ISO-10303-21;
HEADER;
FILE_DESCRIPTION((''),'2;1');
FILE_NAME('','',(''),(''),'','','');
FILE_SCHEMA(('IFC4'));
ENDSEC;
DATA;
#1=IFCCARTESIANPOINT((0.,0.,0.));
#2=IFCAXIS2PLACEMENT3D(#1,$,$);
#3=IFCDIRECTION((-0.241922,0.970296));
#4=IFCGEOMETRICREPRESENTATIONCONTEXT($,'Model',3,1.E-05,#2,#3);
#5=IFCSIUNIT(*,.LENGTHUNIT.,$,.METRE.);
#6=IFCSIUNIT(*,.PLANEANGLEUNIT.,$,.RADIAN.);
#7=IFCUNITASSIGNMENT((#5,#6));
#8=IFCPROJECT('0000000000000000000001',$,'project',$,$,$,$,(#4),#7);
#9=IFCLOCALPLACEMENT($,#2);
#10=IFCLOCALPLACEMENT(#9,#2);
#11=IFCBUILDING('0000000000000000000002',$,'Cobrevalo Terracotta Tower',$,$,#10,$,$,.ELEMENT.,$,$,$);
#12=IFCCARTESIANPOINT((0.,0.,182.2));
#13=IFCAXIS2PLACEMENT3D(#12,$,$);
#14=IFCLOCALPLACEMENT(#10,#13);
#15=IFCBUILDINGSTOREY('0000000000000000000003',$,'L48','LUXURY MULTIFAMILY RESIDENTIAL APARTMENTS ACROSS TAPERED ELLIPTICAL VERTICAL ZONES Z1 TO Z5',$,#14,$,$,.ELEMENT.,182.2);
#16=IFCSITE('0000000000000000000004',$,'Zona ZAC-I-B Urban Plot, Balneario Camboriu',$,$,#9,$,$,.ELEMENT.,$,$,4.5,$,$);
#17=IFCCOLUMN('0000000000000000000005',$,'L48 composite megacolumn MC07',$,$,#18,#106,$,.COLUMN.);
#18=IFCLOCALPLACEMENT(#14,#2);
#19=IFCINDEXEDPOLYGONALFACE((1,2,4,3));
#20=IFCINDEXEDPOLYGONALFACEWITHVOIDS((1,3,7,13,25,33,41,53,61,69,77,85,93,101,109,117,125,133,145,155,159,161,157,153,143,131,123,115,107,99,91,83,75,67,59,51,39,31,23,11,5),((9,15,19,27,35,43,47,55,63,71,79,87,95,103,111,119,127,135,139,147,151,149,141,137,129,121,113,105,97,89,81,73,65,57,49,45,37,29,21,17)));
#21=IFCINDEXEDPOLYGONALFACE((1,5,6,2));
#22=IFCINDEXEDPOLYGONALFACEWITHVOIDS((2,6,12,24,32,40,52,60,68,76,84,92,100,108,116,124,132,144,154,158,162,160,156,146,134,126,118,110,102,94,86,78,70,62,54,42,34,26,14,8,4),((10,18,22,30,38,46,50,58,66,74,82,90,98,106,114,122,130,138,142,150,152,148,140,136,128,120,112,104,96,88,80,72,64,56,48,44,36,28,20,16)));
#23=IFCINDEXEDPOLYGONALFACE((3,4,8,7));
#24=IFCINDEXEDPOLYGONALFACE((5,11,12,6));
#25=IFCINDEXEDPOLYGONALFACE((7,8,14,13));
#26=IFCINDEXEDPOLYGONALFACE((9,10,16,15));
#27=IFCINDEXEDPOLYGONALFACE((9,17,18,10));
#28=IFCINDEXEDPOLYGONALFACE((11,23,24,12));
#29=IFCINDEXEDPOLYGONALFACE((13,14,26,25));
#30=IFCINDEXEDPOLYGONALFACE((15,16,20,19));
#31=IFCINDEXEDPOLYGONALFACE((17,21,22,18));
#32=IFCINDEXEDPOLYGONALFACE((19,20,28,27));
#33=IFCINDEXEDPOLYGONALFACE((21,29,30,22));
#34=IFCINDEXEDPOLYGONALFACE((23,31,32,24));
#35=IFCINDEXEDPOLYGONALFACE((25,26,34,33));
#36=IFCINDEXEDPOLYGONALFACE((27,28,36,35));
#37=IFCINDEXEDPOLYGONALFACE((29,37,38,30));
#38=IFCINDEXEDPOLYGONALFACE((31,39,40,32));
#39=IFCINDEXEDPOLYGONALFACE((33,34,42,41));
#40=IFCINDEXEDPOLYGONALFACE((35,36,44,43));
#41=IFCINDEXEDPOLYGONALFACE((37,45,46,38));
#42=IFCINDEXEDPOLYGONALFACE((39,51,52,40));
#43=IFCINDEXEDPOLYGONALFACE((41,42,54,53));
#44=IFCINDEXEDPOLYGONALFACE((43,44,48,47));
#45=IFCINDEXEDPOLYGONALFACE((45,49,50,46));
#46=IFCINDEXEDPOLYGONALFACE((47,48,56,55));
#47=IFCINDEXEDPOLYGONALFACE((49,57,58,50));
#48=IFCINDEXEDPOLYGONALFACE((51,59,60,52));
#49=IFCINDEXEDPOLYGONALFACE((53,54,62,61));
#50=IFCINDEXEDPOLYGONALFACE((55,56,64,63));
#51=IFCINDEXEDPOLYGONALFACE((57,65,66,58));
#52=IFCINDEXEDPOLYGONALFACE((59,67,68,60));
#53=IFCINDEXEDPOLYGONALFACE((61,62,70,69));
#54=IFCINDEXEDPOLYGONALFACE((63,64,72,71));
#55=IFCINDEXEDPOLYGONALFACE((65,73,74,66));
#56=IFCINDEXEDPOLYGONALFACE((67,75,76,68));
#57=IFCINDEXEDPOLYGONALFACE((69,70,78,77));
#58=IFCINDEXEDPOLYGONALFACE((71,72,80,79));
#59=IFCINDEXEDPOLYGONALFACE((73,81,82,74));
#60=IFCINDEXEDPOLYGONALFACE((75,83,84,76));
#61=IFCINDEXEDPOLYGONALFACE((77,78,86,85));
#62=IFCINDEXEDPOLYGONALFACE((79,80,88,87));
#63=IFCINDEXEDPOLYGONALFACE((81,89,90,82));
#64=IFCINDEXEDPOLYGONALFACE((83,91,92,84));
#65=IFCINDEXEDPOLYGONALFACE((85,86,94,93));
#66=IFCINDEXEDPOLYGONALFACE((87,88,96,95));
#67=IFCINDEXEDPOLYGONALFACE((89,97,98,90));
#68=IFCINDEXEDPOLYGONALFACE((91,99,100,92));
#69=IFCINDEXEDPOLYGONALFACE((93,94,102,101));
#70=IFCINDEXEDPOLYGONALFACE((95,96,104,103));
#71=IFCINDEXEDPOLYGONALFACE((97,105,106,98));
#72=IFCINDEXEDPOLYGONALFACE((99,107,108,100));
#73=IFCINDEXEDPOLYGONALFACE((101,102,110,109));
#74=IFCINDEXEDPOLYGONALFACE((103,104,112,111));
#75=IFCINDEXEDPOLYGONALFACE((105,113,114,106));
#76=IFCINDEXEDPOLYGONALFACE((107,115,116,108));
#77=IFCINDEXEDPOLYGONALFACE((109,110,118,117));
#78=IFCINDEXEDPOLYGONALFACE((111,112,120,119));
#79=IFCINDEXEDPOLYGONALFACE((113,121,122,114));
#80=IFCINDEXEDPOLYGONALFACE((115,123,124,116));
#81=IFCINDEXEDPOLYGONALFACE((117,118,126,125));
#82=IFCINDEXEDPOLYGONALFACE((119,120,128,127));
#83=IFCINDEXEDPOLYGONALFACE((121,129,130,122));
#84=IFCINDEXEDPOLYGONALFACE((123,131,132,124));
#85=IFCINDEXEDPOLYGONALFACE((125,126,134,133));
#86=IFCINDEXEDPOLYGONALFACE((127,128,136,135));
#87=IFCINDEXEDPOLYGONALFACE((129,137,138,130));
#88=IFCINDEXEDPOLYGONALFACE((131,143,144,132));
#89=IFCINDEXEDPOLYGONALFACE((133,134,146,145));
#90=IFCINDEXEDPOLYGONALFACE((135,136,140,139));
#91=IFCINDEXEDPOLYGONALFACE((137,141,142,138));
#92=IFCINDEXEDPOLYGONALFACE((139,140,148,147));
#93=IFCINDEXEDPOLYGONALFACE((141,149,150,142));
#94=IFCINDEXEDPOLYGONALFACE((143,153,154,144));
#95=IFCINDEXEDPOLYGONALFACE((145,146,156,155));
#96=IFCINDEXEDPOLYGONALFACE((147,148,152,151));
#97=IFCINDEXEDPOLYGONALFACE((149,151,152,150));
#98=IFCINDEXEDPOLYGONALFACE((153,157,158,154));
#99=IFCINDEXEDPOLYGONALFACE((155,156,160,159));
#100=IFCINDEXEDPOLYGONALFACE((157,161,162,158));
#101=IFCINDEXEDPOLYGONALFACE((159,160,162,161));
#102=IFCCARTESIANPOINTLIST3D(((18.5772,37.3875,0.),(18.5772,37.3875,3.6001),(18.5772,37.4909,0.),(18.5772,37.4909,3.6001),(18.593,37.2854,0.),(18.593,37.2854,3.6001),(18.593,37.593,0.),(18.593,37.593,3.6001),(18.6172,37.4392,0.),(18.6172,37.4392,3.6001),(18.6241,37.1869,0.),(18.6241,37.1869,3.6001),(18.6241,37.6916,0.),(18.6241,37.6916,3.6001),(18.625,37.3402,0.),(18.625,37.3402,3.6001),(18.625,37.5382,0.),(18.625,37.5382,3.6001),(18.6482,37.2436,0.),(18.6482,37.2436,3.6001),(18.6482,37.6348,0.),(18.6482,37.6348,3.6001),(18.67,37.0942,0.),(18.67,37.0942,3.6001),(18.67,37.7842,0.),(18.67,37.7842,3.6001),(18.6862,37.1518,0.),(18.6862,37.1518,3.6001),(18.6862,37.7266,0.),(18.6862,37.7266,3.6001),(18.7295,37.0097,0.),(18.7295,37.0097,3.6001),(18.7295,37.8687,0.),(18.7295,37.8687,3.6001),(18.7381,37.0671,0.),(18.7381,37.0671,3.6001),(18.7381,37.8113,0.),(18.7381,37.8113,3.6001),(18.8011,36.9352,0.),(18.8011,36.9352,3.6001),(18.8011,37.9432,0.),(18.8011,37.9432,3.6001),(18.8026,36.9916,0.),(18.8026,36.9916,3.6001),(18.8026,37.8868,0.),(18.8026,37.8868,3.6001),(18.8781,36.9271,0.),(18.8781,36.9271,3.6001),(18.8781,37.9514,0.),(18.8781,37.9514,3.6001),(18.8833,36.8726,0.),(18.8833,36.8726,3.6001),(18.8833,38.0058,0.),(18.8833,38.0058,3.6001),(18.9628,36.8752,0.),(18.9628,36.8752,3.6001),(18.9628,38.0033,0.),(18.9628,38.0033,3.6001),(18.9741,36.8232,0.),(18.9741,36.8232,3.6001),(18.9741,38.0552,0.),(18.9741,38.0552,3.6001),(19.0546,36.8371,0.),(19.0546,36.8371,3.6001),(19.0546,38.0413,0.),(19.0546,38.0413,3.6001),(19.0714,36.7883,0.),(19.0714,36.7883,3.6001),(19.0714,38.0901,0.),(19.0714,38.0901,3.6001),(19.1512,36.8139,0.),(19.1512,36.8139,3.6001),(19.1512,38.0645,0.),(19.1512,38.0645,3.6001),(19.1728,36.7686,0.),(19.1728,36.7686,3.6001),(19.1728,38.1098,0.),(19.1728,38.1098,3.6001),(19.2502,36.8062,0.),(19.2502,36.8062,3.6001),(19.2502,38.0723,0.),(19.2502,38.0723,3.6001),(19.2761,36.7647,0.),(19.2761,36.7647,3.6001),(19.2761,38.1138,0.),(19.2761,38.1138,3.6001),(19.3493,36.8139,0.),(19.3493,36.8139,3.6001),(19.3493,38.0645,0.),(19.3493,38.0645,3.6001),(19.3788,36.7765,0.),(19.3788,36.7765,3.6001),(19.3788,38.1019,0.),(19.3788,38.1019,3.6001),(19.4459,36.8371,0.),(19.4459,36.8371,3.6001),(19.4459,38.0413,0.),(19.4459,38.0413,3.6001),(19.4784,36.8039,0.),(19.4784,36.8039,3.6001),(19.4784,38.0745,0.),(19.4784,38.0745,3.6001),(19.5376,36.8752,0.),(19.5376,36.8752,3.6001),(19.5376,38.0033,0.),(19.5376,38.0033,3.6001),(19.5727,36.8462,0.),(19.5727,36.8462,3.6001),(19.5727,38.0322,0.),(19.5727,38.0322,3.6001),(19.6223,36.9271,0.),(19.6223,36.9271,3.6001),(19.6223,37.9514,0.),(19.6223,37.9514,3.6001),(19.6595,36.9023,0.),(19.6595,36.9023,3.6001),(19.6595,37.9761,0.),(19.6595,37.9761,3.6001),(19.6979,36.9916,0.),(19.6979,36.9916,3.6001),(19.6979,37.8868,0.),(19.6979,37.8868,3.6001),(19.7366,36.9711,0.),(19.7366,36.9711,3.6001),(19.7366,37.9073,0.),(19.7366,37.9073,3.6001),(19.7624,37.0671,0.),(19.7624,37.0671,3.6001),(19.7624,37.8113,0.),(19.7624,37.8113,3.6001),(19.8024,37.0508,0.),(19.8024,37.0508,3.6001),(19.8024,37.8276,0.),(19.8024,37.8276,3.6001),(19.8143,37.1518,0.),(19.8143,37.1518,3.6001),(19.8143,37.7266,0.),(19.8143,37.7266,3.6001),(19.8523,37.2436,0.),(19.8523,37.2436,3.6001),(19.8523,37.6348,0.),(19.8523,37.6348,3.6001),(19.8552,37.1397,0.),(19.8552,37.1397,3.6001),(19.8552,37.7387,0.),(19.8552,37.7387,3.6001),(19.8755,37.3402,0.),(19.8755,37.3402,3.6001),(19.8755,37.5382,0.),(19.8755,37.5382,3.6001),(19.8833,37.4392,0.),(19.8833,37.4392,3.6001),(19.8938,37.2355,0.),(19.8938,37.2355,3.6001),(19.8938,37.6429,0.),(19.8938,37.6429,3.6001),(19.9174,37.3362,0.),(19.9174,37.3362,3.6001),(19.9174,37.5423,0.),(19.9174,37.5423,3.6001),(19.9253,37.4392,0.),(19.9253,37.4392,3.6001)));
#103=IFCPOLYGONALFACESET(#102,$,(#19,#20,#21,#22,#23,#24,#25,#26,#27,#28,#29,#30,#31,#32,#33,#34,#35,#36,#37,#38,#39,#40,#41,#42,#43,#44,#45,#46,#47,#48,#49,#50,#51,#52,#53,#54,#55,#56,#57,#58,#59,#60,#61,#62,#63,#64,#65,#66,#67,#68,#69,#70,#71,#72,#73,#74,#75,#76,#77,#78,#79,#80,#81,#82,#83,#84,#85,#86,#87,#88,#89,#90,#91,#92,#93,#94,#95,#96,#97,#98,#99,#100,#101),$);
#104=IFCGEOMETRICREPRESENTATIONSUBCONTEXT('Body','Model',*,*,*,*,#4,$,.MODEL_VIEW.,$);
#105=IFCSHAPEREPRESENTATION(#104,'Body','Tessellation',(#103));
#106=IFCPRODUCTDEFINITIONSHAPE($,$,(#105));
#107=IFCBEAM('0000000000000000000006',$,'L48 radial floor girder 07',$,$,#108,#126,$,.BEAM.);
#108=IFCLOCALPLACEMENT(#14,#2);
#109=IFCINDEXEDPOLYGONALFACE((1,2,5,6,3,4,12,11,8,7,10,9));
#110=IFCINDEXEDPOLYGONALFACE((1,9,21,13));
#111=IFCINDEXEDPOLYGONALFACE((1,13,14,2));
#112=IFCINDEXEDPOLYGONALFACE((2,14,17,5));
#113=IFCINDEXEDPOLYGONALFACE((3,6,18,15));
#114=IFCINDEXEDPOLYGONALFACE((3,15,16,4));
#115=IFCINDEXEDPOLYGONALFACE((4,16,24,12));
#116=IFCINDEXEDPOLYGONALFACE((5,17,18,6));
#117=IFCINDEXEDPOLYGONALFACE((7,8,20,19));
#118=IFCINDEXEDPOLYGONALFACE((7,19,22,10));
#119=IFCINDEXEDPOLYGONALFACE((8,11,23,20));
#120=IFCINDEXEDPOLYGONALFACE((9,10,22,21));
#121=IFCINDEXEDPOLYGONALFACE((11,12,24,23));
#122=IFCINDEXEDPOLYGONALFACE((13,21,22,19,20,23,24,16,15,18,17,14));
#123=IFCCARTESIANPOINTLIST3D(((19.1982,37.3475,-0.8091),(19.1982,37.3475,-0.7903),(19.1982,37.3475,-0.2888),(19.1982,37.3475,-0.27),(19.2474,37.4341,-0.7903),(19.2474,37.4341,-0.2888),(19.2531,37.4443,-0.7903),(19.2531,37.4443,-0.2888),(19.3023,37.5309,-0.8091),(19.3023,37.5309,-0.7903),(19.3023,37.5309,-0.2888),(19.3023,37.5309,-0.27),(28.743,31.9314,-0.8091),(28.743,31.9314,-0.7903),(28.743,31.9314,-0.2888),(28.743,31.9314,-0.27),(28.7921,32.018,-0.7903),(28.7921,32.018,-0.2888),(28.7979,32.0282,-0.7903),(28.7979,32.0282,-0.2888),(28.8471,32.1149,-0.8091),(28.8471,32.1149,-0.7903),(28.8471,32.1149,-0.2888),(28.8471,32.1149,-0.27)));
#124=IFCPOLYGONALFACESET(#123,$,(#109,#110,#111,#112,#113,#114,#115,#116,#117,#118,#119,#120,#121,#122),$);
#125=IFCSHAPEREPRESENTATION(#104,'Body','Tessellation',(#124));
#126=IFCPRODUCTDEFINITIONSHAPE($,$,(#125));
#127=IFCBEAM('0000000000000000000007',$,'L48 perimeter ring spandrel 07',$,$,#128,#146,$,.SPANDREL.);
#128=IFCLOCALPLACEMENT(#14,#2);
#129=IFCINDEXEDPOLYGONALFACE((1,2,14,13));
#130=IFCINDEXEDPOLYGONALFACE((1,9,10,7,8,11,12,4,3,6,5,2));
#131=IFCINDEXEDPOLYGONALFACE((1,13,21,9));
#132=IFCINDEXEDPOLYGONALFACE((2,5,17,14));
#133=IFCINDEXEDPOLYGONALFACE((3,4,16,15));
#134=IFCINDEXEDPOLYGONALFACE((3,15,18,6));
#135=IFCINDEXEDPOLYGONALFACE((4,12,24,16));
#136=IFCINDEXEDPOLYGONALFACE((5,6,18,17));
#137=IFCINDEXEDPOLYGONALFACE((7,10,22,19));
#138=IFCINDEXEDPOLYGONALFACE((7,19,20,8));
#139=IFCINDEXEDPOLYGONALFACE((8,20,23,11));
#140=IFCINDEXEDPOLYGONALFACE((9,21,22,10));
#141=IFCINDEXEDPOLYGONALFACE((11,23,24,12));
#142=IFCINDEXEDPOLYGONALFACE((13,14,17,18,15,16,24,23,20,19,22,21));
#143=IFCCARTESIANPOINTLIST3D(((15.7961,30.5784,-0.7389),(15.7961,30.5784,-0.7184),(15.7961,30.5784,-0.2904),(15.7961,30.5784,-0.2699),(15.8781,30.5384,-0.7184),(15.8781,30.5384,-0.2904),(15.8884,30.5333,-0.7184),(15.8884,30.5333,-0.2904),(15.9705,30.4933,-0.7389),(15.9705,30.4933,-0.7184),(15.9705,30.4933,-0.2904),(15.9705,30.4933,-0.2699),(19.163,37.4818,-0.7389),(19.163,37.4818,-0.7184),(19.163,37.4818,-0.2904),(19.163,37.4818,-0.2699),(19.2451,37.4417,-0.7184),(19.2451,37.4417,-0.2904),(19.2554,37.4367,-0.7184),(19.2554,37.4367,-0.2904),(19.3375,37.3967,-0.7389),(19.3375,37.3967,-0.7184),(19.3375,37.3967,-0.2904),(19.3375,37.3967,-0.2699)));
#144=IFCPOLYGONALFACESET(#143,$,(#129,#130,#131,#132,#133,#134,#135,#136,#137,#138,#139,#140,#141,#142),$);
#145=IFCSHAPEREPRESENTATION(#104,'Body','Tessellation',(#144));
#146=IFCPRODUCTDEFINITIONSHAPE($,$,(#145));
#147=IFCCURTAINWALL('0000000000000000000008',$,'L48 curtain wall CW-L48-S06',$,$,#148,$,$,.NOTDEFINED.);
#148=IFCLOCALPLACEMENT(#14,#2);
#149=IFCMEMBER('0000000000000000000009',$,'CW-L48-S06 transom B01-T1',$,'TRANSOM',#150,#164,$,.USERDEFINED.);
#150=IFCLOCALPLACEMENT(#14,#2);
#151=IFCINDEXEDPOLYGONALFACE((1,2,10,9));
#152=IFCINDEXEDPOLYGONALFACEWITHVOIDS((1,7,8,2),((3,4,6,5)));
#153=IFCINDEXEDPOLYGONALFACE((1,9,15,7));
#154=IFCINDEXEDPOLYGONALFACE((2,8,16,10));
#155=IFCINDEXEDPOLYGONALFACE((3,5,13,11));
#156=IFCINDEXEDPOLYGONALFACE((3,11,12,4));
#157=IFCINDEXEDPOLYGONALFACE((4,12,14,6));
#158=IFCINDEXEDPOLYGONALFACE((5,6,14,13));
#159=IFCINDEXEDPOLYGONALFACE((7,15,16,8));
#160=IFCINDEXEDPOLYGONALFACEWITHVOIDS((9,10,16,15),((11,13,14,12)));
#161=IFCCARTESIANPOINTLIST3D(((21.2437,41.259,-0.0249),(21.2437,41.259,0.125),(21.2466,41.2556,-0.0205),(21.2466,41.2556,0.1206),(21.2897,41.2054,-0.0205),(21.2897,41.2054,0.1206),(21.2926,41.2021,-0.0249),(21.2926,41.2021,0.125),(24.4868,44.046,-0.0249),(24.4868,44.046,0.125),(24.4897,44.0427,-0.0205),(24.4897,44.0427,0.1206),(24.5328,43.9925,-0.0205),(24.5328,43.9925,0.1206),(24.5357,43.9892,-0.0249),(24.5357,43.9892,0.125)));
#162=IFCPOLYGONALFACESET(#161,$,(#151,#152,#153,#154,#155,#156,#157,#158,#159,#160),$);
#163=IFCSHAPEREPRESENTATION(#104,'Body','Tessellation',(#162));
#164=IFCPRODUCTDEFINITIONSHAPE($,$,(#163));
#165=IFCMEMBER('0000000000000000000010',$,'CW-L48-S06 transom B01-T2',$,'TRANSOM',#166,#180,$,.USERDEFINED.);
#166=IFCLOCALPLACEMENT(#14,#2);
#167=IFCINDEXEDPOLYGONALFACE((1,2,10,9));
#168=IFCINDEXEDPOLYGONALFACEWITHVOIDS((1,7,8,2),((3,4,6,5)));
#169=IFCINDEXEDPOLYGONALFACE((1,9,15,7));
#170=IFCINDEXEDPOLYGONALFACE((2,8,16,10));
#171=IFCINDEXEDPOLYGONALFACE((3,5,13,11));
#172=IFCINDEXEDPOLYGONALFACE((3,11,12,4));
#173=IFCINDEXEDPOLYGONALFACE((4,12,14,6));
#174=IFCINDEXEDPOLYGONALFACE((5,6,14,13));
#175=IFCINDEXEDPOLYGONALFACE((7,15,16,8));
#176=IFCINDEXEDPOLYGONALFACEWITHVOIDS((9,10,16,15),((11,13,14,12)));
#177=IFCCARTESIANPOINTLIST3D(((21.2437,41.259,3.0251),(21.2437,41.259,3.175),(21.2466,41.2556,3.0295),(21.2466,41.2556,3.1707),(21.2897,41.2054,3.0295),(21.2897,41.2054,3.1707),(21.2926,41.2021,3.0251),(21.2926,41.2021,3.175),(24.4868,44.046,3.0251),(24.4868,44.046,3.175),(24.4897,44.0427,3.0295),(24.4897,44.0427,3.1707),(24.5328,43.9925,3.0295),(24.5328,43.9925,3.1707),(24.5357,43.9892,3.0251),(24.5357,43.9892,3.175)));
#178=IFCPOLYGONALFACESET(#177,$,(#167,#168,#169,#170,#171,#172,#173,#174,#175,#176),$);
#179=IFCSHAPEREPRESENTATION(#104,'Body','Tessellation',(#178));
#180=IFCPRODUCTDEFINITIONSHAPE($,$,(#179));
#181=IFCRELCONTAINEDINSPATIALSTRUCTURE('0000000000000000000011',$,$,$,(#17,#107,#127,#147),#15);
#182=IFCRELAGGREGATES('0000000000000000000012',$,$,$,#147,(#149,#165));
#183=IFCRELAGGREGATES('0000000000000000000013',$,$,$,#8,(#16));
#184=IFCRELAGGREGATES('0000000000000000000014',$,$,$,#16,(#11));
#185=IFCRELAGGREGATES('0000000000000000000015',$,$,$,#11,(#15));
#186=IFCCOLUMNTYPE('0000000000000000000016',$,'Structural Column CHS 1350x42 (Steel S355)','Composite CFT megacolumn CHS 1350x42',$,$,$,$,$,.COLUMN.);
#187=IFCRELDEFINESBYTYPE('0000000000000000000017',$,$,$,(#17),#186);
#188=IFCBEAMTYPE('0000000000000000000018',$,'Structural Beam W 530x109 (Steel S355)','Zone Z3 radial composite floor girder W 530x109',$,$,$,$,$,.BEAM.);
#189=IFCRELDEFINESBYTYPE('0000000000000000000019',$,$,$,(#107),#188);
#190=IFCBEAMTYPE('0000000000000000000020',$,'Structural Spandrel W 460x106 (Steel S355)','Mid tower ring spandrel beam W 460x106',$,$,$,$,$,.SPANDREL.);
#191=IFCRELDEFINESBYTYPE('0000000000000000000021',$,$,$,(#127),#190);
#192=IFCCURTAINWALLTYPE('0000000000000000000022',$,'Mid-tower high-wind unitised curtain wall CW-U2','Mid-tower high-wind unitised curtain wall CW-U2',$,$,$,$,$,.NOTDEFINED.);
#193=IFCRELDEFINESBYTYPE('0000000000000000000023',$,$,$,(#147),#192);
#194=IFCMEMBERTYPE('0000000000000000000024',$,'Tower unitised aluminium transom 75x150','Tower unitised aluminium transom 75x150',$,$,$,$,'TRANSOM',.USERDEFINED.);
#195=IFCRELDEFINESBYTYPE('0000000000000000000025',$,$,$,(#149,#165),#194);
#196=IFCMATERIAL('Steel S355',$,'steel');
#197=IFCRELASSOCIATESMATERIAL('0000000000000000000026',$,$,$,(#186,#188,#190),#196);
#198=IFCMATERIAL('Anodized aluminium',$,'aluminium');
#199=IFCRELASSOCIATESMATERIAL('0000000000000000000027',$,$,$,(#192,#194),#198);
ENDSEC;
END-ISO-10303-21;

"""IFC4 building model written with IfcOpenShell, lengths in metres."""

from ifc_helpers import new_model, si_unit, direction, frame, origin, origin_2d, place, context, subcontext, project, spatial, hollow_rectangle, hollow_circle, i_section, extrude, source, transform, mapped, material, material_profile, profile_set, type_object, element, aggregate, save


model = new_model("IFC4")

# Units and contexts
model_context = context("Model", 3, precision=1e-05, world=origin(), true_north=direction((-0.241922, 0.970296)))
body_context = subcontext(model_context, "Body", "Model", "MODEL_VIEW")
ifc_project = project(units=[si_unit("LENGTHUNIT", "METRE"), si_unit("PLANEANGLEUNIT", "RADIAN")], contexts=[model_context])

# Site, building, storey
site_placement = place(None, origin())
site = spatial("IfcSite", under=ifc_project, at=site_placement, Name="Zona ZAC-I-B Urban Plot, Balneario Camboriu", CompositionType="ELEMENT", RefElevation=4.5)
building_placement = place(site_placement, origin())
building = spatial("IfcBuilding", under=site, at=building_placement, Name="Cobrevalo Terracotta Tower", CompositionType="ELEMENT")
storey_placement = place(building_placement, frame((0.0, 0.0, 182.2)))
storey = spatial("IfcBuildingStorey", under=building, at=storey_placement, Name="L48", Description="LUXURY MULTIFAMILY RESIDENTIAL APARTMENTS ACROSS TAPERED ELLIPTICAL VERTICAL ZONES Z1 TO Z5", CompositionType="ELEMENT", Elevation=182.2)

# Column
ifc_material_1 = material(Name="Steel S355", Category="steel")
ifc_material_profile_1 = material_profile(ifc_material_1, hollow_circle(Radius=0.675, WallThickness=0.042, at=origin_2d()), Name="CHS 1350x42")
ifc_profile_set_1 = profile_set([ifc_material_profile_1], Name="Steel S355")
column_type = type_object("IfcColumnType", Name="Structural Column CHS 1350x42 (Steel S355)", Description="Composite CFT megacolumn CHS 1350x42", PredefinedType="COLUMN", material=ifc_profile_set_1)
column_placement = place(storey_placement, frame((19.2502, 37.4392, 0.0), z_axis=(0.0, 0.0, 1.0), x_axis=(1.0, 0.0, 0.0)))
element("IfcColumn", 1, at=column_placement, inside=storey, type_object=column_type, Name="L48 composite megacolumn MC07", PredefinedType="COLUMN", context=body_context, shape_type="SweptSolid", body=[
    extrude(hollow_circle(Radius=0.675, WallThickness=0.042, at=origin_2d()), origin(), (0.0, 0.0, 1.0), 3.6001),
])

# Beams
ifc_material_profile_2 = material_profile(ifc_material_1, i_section(OverallWidth=0.2109, OverallDepth=0.5391, WebThickness=0.0117, FlangeThickness=0.0188, at=origin_2d()), Name="W 530x109")
ifc_profile_set_2 = profile_set([ifc_material_profile_2], Name="Steel S355")
beam_type_1 = type_object("IfcBeamType", Name="Structural Beam W 530x109 (Steel S355)", Description="Zone Z3 radial composite floor girder W 530x109", PredefinedType="BEAM", material=ifc_profile_set_2)
beam_1_placement = place(storey_placement, frame((19.2502, 37.4392, -0.5396), z_axis=(0.869734, -0.49352, 0.0), x_axis=(0.49352, 0.869734, 0.0)))
element("IfcBeam", 2, at=beam_1_placement, inside=storey, type_object=beam_type_1, Name="L48 radial floor girder 07", PredefinedType="BEAM", context=body_context, shape_type="SweptSolid", body=[
    extrude(i_section(OverallWidth=0.2109, OverallDepth=0.5391, WebThickness=0.0117, FlangeThickness=0.0188, at=origin_2d()), origin(), (0.0, 0.0, 1.0), 10.9744),
])
ifc_material_profile_3 = material_profile(ifc_material_1, i_section(OverallWidth=0.1941, OverallDepth=0.469, WebThickness=0.0115, FlangeThickness=0.0205, at=origin_2d()), Name="W 460x106")
ifc_profile_set_3 = profile_set([ifc_material_profile_3], Name="Steel S355")
beam_type_2 = type_object("IfcBeamType", Name="Structural Spandrel W 460x106 (Steel S355)", Description="Mid tower ring spandrel beam W 460x106", PredefinedType="SPANDREL", material=ifc_profile_set_3)
beam_2_placement = place(storey_placement, frame((19.2502, 37.4392, -0.5044), z_axis=(-0.438368, -0.898796, 0.0), x_axis=(0.898796, -0.438368, 0.0)))
element("IfcBeam", 3, at=beam_2_placement, inside=storey, type_object=beam_type_2, Name="L48 perimeter ring spandrel 07", PredefinedType="SPANDREL", context=body_context, shape_type="SweptSolid", body=[
    extrude(i_section(OverallWidth=0.1941, OverallDepth=0.469, WebThickness=0.0115, FlangeThickness=0.0205, at=origin_2d()), origin(), (0.0, 0.0, 1.0), 7.6807),
])

# Curtain wall, members
ifc_material_2 = material(Name="Anodized aluminium", Category="aluminium")
curtain_wall_type = type_object("IfcCurtainWallType", Name="Mid-tower high-wind unitised curtain wall CW-U2", Description="Mid-tower high-wind unitised curtain wall CW-U2", PredefinedType="NOTDEFINED", material=ifc_material_2)
curtain_wall_1_placement = place(storey_placement, origin())
curtain_wall_1 = element("IfcCurtainWall", 4, at=curtain_wall_1_placement, inside=storey, type_object=curtain_wall_type, Name="L48 curtain wall CW-L48-S06", PredefinedType="NOTDEFINED")
ifc_material_profile_4 = material_profile(ifc_material_2, hollow_rectangle(XDim=0.075, YDim=0.1499, WallThickness=0.0044, at=origin_2d()), Name="CWT 75x150")
ifc_profile_set_4 = profile_set([ifc_material_profile_4], Name="Anodized aluminium")
member_type_1 = type_object("IfcMemberType", Name="Tower unitised aluminium transom 75x150", Description="Tower unitised aluminium transom 75x150", ElementType="TRANSOM", PredefinedType="USERDEFINED", material=ifc_profile_set_4)
shared_shape_1 = source(origin(), body_context, "Body", "SweptSolid", [
    extrude(hollow_rectangle(XDim=0.075, YDim=0.1499, WallThickness=0.0044, at=origin_2d()), origin(), (0.0, 0.0, 1.0), 4.2761),
])
member_1_placement = place(storey_placement, frame((24.5112, 44.0176, 0.05), z_axis=(-0.758418, -0.651769, 0.0), x_axis=(0.651769, -0.758418, 0.0)))
member_1 = element("IfcMember", 5, at=member_1_placement, type_object=member_type_1, Name="CW-L48-S06 transom B01-T1", ObjectType="TRANSOM", PredefinedType="USERDEFINED", context=body_context, shape_type="MappedRepresentation", body=[
    mapped(shared_shape_1, transform((0.0, 0.0, 0.0), scale=1.0)),
])
member_2_placement = place(storey_placement, frame((24.5112, 44.0176, 3.1001), z_axis=(-0.758418, -0.651769, 0.0), x_axis=(0.651769, -0.758418, 0.0)))
member_2 = element("IfcMember", 6, at=member_2_placement, type_object=member_type_1, Name="CW-L48-S06 transom B01-T2", ObjectType="TRANSOM", PredefinedType="USERDEFINED", context=body_context, shape_type="MappedRepresentation", body=[
    mapped(shared_shape_1, transform((0.0, 0.0, 0.0), scale=1.0)),
])

aggregate(curtain_wall_1, [member_1, member_2])

save(model, "model.ifc")
